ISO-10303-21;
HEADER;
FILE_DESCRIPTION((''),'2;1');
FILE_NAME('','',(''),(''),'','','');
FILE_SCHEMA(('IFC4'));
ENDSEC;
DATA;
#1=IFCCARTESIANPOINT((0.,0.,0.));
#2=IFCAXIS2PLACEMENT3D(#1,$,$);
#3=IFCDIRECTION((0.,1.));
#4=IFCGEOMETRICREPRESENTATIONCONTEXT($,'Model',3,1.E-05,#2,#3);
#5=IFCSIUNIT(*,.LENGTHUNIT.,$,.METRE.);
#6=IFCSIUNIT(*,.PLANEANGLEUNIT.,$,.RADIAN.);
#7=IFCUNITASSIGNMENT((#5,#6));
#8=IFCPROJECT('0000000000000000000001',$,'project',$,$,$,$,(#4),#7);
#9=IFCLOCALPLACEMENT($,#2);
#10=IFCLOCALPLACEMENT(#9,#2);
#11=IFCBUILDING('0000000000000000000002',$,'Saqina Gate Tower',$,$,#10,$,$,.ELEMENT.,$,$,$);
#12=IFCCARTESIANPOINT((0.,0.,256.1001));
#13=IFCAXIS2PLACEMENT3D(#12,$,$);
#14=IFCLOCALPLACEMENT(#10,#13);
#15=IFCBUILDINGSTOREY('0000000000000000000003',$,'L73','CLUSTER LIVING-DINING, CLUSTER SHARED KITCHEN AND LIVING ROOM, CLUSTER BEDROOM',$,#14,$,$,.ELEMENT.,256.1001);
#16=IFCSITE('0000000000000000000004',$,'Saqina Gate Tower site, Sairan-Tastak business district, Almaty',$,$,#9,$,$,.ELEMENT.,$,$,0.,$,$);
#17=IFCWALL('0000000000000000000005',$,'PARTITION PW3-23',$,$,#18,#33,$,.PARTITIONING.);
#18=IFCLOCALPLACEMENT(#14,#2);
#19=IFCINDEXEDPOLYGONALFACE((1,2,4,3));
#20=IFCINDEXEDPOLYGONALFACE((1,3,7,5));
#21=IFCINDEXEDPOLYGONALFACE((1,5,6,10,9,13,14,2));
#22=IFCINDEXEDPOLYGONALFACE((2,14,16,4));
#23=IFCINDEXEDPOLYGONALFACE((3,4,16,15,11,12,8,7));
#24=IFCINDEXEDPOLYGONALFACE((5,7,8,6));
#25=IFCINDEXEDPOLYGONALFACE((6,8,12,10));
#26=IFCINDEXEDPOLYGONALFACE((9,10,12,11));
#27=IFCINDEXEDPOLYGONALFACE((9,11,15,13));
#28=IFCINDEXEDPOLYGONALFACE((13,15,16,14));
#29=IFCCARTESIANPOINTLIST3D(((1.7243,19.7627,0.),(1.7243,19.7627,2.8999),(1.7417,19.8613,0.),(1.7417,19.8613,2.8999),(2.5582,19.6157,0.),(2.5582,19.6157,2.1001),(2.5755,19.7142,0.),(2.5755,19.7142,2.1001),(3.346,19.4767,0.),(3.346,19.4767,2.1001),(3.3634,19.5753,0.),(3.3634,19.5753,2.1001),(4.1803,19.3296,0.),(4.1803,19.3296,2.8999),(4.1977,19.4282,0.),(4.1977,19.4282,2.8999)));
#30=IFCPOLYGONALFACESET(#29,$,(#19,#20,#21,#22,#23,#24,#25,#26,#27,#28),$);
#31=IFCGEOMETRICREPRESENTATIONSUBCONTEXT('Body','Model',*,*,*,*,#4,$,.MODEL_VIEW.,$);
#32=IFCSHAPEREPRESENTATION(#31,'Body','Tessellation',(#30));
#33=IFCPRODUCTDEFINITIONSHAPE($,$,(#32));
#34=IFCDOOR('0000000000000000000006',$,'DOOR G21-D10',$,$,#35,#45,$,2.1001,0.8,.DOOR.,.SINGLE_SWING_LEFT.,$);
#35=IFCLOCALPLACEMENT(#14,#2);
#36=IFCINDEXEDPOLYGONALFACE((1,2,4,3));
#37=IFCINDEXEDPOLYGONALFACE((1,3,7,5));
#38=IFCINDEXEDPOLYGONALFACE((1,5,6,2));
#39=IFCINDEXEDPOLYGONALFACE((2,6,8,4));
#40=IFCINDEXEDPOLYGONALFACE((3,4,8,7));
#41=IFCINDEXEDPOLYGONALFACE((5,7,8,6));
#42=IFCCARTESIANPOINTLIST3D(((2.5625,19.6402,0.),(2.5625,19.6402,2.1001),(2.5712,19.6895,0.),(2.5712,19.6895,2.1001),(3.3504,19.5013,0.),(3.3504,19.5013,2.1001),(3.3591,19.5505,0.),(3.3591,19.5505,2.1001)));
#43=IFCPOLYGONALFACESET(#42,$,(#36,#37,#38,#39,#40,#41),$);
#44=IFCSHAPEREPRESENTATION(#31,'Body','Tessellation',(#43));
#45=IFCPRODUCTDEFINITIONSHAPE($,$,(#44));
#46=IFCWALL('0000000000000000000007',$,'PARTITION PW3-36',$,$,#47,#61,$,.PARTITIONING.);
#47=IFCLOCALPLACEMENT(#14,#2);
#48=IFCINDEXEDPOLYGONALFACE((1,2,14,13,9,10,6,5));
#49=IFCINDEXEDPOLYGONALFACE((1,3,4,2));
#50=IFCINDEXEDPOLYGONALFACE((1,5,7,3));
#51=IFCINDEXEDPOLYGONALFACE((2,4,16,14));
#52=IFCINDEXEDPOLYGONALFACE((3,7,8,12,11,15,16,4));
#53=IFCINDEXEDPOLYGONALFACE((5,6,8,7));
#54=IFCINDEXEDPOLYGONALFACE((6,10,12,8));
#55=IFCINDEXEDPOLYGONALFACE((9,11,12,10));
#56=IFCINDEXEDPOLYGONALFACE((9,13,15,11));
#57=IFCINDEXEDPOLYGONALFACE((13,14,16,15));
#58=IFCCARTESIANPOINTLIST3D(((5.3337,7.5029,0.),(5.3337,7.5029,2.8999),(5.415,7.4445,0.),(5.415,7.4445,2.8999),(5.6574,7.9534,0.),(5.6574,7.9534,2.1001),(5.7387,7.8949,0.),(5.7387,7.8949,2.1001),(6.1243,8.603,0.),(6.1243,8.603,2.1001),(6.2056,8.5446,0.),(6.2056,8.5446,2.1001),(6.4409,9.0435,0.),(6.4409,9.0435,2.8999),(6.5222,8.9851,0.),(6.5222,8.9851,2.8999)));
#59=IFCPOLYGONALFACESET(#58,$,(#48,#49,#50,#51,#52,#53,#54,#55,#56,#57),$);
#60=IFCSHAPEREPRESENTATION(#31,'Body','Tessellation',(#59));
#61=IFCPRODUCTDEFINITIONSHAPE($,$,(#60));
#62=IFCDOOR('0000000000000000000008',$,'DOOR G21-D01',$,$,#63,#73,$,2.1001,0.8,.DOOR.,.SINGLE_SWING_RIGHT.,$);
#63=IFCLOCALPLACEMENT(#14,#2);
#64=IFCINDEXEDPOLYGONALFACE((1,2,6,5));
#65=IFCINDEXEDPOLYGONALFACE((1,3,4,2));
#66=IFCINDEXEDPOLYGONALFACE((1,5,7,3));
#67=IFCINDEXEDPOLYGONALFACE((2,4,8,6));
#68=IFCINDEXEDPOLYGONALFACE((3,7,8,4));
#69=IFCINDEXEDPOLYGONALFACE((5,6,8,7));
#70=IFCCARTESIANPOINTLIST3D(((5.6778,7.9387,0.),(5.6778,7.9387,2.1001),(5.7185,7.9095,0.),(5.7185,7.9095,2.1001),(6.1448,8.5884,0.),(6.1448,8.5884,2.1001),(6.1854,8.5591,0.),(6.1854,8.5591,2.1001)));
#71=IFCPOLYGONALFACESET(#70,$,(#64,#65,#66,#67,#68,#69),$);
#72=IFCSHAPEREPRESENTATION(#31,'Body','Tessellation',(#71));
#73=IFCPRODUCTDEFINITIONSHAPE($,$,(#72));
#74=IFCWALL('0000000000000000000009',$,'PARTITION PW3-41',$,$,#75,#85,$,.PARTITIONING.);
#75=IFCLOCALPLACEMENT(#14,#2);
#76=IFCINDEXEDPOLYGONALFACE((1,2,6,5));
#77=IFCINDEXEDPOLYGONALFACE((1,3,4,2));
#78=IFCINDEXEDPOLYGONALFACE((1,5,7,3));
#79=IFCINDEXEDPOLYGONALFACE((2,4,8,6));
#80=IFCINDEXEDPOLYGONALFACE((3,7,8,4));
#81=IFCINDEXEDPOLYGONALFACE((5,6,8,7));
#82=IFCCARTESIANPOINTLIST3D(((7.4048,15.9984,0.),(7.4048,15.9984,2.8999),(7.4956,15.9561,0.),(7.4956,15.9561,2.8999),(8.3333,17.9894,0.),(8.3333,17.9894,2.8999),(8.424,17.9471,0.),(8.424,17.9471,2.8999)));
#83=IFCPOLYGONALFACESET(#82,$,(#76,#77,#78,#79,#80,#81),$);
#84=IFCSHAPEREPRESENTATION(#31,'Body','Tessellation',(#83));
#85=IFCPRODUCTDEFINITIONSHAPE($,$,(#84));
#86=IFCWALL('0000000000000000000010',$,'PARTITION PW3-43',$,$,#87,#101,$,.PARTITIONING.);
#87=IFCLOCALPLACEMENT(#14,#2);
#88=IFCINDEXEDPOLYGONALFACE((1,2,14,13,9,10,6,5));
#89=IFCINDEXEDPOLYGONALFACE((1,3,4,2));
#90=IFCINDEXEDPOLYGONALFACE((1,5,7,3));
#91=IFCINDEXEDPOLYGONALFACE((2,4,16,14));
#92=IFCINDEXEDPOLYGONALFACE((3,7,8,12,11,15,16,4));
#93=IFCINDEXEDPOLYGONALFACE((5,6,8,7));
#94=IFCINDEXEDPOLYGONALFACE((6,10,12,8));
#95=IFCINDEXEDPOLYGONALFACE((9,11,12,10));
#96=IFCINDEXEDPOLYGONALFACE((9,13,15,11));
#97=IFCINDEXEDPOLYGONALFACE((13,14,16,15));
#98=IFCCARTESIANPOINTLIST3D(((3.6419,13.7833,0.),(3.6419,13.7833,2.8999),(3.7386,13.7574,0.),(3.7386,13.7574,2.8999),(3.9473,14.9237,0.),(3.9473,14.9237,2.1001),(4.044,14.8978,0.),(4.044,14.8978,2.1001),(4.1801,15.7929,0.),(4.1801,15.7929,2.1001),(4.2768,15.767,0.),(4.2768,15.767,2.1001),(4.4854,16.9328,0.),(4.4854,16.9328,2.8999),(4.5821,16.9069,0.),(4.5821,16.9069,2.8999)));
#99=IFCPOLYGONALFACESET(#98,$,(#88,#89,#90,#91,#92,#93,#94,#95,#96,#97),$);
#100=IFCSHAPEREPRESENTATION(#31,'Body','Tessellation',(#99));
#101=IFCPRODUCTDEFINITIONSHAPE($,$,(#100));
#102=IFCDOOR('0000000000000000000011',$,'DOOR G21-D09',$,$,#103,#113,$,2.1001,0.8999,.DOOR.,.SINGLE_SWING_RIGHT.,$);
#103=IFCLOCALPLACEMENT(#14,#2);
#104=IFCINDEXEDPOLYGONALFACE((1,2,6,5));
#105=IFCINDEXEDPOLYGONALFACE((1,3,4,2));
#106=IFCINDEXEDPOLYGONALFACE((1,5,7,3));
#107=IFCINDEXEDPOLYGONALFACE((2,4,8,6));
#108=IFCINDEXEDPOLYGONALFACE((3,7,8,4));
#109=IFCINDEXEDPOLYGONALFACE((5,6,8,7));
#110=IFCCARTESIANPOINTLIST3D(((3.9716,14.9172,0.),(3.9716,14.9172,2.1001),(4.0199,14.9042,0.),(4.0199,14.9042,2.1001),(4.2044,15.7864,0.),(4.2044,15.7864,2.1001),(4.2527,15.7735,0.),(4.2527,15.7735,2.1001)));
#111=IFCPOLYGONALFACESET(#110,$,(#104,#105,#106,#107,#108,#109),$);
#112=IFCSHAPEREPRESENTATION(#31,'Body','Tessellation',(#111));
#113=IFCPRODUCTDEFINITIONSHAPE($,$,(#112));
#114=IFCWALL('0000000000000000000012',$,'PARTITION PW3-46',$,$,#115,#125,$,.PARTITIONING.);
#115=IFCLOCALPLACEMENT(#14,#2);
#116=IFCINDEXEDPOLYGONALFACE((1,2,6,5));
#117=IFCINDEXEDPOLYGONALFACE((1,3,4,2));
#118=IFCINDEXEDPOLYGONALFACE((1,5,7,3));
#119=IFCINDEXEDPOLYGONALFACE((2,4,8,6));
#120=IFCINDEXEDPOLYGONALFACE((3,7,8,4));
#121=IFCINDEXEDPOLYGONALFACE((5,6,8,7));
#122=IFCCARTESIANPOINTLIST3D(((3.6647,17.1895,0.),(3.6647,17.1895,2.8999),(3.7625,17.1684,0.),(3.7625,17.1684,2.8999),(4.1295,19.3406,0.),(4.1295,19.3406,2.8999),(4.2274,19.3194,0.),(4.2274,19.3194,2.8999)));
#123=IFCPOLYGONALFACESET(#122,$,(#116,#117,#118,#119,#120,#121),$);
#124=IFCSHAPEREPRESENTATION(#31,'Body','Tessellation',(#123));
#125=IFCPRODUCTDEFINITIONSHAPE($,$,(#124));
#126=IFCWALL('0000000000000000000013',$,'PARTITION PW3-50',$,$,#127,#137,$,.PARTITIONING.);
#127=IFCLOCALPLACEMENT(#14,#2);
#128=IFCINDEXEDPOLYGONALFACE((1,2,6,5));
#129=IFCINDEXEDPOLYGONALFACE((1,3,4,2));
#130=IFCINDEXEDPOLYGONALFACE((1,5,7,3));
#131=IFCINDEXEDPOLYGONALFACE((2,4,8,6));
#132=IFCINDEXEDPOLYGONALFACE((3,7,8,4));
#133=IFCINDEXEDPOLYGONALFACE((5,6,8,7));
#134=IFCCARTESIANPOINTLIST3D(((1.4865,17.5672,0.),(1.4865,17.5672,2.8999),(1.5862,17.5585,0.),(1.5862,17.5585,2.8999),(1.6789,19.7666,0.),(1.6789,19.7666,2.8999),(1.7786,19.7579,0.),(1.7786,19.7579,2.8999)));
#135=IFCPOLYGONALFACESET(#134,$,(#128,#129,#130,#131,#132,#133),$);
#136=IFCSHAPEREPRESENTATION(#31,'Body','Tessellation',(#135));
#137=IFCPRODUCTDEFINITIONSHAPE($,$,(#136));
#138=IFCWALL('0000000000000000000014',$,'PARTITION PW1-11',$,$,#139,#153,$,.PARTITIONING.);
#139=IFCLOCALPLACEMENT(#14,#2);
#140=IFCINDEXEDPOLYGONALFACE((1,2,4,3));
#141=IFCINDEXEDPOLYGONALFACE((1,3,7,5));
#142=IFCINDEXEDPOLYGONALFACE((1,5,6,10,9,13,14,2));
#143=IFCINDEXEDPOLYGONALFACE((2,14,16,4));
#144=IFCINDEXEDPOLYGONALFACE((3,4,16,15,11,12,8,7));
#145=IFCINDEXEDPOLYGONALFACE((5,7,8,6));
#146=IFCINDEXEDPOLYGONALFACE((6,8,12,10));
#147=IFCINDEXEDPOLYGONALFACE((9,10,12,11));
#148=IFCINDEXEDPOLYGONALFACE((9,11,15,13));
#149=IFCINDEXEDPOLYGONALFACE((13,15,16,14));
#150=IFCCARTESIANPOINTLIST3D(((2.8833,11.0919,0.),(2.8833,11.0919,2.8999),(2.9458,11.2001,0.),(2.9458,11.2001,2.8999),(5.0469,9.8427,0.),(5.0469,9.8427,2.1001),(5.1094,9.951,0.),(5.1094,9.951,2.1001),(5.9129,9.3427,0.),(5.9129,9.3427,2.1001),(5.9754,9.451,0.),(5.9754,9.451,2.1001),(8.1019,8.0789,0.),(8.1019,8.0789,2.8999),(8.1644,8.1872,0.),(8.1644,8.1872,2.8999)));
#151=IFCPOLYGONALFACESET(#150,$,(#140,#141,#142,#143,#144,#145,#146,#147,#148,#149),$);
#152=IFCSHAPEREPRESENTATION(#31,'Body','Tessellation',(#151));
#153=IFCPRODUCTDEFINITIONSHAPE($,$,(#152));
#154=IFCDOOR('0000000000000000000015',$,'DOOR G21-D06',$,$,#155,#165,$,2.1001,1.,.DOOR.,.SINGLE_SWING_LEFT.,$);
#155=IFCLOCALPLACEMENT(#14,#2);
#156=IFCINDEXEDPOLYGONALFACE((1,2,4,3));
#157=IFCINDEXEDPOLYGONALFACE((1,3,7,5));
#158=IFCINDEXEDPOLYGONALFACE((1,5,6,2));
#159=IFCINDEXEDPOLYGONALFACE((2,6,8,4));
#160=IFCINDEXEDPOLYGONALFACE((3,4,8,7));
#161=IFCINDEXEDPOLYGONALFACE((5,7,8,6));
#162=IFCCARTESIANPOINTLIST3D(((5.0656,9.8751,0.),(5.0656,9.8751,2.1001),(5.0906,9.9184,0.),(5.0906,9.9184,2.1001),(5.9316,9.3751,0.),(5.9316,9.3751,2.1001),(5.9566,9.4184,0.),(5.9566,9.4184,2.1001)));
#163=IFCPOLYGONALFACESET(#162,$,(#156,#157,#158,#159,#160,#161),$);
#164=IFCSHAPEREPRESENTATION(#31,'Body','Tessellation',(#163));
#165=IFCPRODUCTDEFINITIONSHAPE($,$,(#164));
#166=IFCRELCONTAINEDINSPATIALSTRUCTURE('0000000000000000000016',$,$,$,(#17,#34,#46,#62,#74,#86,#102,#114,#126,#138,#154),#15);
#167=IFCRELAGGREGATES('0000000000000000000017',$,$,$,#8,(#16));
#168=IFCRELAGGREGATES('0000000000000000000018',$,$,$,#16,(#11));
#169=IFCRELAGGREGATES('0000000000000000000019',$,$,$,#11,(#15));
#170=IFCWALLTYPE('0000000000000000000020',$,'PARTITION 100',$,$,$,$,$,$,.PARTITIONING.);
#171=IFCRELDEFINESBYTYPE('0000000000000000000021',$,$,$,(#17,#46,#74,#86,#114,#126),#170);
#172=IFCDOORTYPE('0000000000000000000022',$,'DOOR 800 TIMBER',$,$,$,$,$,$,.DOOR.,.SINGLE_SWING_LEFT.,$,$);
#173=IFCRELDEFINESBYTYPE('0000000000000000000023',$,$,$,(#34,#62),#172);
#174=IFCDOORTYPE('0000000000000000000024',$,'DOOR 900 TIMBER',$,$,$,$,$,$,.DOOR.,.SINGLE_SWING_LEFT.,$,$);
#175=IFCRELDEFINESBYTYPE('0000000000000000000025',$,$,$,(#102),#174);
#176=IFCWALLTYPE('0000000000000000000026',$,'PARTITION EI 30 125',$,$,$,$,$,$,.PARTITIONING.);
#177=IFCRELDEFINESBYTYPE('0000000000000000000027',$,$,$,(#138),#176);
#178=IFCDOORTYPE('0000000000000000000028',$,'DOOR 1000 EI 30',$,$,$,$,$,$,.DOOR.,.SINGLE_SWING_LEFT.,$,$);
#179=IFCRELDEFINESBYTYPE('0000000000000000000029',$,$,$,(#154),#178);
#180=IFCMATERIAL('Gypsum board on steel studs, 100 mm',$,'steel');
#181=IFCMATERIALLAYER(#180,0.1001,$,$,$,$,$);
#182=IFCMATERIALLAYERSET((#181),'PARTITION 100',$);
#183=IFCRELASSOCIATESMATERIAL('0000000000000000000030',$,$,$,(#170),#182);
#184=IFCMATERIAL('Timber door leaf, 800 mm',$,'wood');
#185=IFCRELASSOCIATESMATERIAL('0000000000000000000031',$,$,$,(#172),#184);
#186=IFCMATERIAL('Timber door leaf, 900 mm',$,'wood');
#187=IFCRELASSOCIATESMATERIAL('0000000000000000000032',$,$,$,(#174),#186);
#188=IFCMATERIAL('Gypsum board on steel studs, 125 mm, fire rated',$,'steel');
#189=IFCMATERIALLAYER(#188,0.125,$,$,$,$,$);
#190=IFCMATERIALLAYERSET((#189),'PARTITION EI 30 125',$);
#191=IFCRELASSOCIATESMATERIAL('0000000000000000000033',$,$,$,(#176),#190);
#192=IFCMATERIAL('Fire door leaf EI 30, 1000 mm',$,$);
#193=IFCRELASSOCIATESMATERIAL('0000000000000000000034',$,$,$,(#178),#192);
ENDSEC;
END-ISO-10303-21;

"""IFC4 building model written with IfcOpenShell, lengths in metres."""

from ifc_helpers import new_model, si_unit, direction, frame, frame_2d, origin, place, context, subcontext, project, spatial, rectangle, extrude, material, layer, layer_set, type_object, element, fill, save


model = new_model("IFC4")

# Units and contexts
model_context = context("Model", 3, precision=1e-05, world=origin(), true_north=direction((0.0, 1.0)))
body_context = subcontext(model_context, "Body", "Model", "MODEL_VIEW")
ifc_project = project(units=[si_unit("LENGTHUNIT", "METRE"), si_unit("PLANEANGLEUNIT", "RADIAN")], contexts=[model_context])

# Site, building, storey
site_placement = place(None, origin())
site = spatial("IfcSite", under=ifc_project, at=site_placement, Name="Saqina Gate Tower site, Sairan-Tastak business district, Almaty", CompositionType="ELEMENT", RefElevation=0.0)
building_placement = place(site_placement, origin())
building = spatial("IfcBuilding", under=site, at=building_placement, Name="Saqina Gate Tower", CompositionType="ELEMENT")
storey_placement = place(building_placement, frame((0.0, 0.0, 256.1001)))
storey = spatial("IfcBuildingStorey", under=building, at=storey_placement, Name="L73", Description="CLUSTER LIVING-DINING, CLUSTER SHARED KITCHEN AND LIVING ROOM, CLUSTER BEDROOM", CompositionType="ELEMENT", Elevation=256.1001)

# Shared definitions
ifc_material_1 = material(Name="Gypsum board on steel studs, 100 mm", Category="steel")
ifc_layer_1 = layer(ifc_material_1, 0.1001)
ifc_layer_set_1 = layer_set([ifc_layer_1], Name="PARTITION 100")
wall_type_1 = type_object("IfcWallType", Name="PARTITION 100", PredefinedType="PARTITIONING", material=ifc_layer_set_1)

# Walls, openings, doors
wall_1_placement = place(storey_placement, frame((1.7329, 19.812, 0.0), z_axis=(0.0, 0.0, 1.0), x_axis=(0.984805, -0.173662, 0.0)))
wall_1 = element("IfcWall", 1, at=wall_1_placement, inside=storey, type_object=wall_type_1, Name="PARTITION PW3-23", PredefinedType="PARTITIONING", context=body_context, shape_type="SweptSolid", body=[
    extrude(rectangle(XDim=2.4939, YDim=0.1001, at=frame_2d((1.2471, 0.0))), origin(), (0.0, 0.0, 1.0), 2.8999),
])
opening_1_placement = place(wall_1_placement, frame((0.8469, 0.0, 0.0)))
opening_1 = element("IfcOpeningElement", 2, at=opening_1_placement, cuts=wall_1, PredefinedType="OPENING", context=body_context, shape_type="SweptSolid", body=[
    extrude(rectangle(XDim=0.8, YDim=2.1001, at=frame_2d((0.3999, 1.05))), frame((0.0, 0.062, 0.0), z_axis=(0.0, -1.0, 0.0), x_axis=(1.0, 0.0, 0.0)), (0.0, 0.0, 1.0), 0.124),
])
ifc_material_2 = material(Name="Timber door leaf, 800 mm", Category="wood")
door_type_1 = type_object("IfcDoorType", Name="DOOR 800 TIMBER", OperationType="SINGLE_SWING_LEFT", PredefinedType="DOOR", material=ifc_material_2)
door_1_placement = place(opening_1_placement, origin())
door_1 = element("IfcDoor", 3, at=door_1_placement, inside=storey, type_object=door_type_1, Name="DOOR G21-D10", OperationType="SINGLE_SWING_LEFT", OverallHeight=2.1001, OverallWidth=0.8, PredefinedType="DOOR", context=body_context, shape_type="SweptSolid", body=[
    extrude(rectangle(XDim=0.8, YDim=2.1001, at=frame_2d((0.3999, 1.05))), frame((0.0, 0.0249, 0.0), z_axis=(0.0, -1.0, 0.0), x_axis=(1.0, 0.0, 0.0)), (0.0, 0.0, 1.0), 0.05),
])
fill(opening_1, door_1)
wall_2_placement = place(storey_placement, frame((5.3743, 7.4736, 0.0), z_axis=(0.0, 0.0, 1.0), x_axis=(0.58361, 0.812034, 0.0)))
wall_2 = element("IfcWall", 4, at=wall_2_placement, inside=storey, type_object=wall_type_1, Name="PARTITION PW3-36", PredefinedType="PARTITIONING", context=body_context, shape_type="SweptSolid", body=[
    extrude(rectangle(XDim=1.8972, YDim=0.1001, at=frame_2d((0.9487, 0.0))), origin(), (0.0, 0.0, 1.0), 2.8999),
])
opening_2_placement = place(wall_2_placement, frame((0.5549, 0.0, 0.0)))
opening_2 = element("IfcOpeningElement", 5, at=opening_2_placement, cuts=wall_2, PredefinedType="OPENING", context=body_context, shape_type="SweptSolid", body=[
    extrude(rectangle(XDim=0.8, YDim=2.1001, at=frame_2d((0.3999, 1.05))), frame((0.0, 0.062, 0.0), z_axis=(0.0, -1.0, 0.0), x_axis=(1.0, 0.0, 0.0)), (0.0, 0.0, 1.0), 0.124),
])
door_2_placement = place(opening_2_placement, origin())
door_2 = element("IfcDoor", 6, at=door_2_placement, inside=storey, type_object=door_type_1, Name="DOOR G21-D01", OperationType="SINGLE_SWING_RIGHT", OverallHeight=2.1001, OverallWidth=0.8, PredefinedType="DOOR", context=body_context, shape_type="SweptSolid", body=[
    extrude(rectangle(XDim=0.8, YDim=2.1001, at=frame_2d((0.3999, 1.05))), frame((0.0, 0.0249, 0.0), z_axis=(0.0, -1.0, 0.0), x_axis=(1.0, 0.0, 0.0)), (0.0, 0.0, 1.0), 0.05),
])
fill(opening_2, door_2)

# Wall
wall_3_placement = place(storey_placement, frame((7.4502, 15.9773, 0.0), z_axis=(0.0, 0.0, 1.0), x_axis=(0.422642, 0.906297, 0.0)))
element("IfcWall", 7, at=wall_3_placement, inside=storey, type_object=wall_type_1, Name="PARTITION PW3-41", PredefinedType="PARTITIONING", context=body_context, shape_type="SweptSolid", body=[
    extrude(rectangle(XDim=2.1968, YDim=0.1001, at=frame_2d((1.0984, 0.0))), origin(), (0.0, 0.0, 1.0), 2.8999),
])

# Wall, opening, door
wall_4_placement = place(storey_placement, frame((3.6902, 13.7703, 0.0), z_axis=(0.0, 0.0, 1.0), x_axis=(0.258711, 0.965955, 0.0)))
wall_4 = element("IfcWall", 8, at=wall_4_placement, inside=storey, type_object=wall_type_1, Name="PARTITION PW3-43", PredefinedType="PARTITIONING", context=body_context, shape_type="SweptSolid", body=[
    extrude(rectangle(XDim=3.2605, YDim=0.1001, at=frame_2d((1.6304, 0.0))), origin(), (0.0, 0.0, 1.0), 2.8999),
])
opening_3_placement = place(wall_4_placement, frame((1.1807, 0.0, 0.0)))
opening_3 = element("IfcOpeningElement", 9, at=opening_3_placement, cuts=wall_4, PredefinedType="OPENING", context=body_context, shape_type="SweptSolid", body=[
    extrude(rectangle(XDim=0.8999, YDim=2.1001, at=frame_2d((0.45, 1.05))), frame((0.0, 0.062, 0.0), z_axis=(0.0, -1.0, 0.0), x_axis=(1.0, 0.0, 0.0)), (0.0, 0.0, 1.0), 0.124),
])
ifc_material_3 = material(Name="Timber door leaf, 900 mm", Category="wood")
door_type_2 = type_object("IfcDoorType", Name="DOOR 900 TIMBER", OperationType="SINGLE_SWING_LEFT", PredefinedType="DOOR", material=ifc_material_3)
door_3_placement = place(opening_3_placement, origin())
door_3 = element("IfcDoor", 10, at=door_3_placement, inside=storey, type_object=door_type_2, Name="DOOR G21-D09", OperationType="SINGLE_SWING_RIGHT", OverallHeight=2.1001, OverallWidth=0.8999, PredefinedType="DOOR", context=body_context, shape_type="SweptSolid", body=[
    extrude(rectangle(XDim=0.8999, YDim=2.1001, at=frame_2d((0.45, 1.05))), frame((0.0, 0.0249, 0.0), z_axis=(0.0, -1.0, 0.0), x_axis=(1.0, 0.0, 0.0)), (0.0, 0.0, 1.0), 0.05),
])
fill(opening_3, door_3)

# Walls
wall_5_placement = place(storey_placement, frame((3.7136, 17.179, 0.0), z_axis=(0.0, 0.0, 1.0), x_axis=(0.211218, 0.977439, 0.0)))
element("IfcWall", 11, at=wall_5_placement, inside=storey, type_object=wall_type_1, Name="PARTITION PW3-46", PredefinedType="PARTITIONING", context=body_context, shape_type="SweptSolid", body=[
    extrude(rectangle(XDim=2.2007, YDim=0.1001, at=frame_2d((1.1003, 0.0))), origin(), (0.0, 0.0, 1.0), 2.8999),
])
wall_6_placement = place(storey_placement, frame((1.5364, 17.5627, 0.0), z_axis=(0.0, 0.0, 1.0), x_axis=(0.087135, 0.996196, 0.0)))
element("IfcWall", 12, at=wall_6_placement, inside=storey, type_object=wall_type_1, Name="PARTITION PW3-50", PredefinedType="PARTITIONING", context=body_context, shape_type="SweptSolid", body=[
    extrude(rectangle(XDim=2.2078, YDim=0.1001, at=frame_2d((1.104, 0.0))), origin(), (0.0, 0.0, 1.0), 2.8999),
])

# Wall, opening, door
ifc_material_4 = material(Name="Gypsum board on steel studs, 125 mm, fire rated", Category="steel")
ifc_layer_2 = layer(ifc_material_4, 0.125)
ifc_layer_set_2 = layer_set([ifc_layer_2], Name="PARTITION EI 30 125")
wall_type_2 = type_object("IfcWallType", Name="PARTITION EI 30 125", PredefinedType="PARTITIONING", material=ifc_layer_set_2)
wall_7_placement = place(storey_placement, frame((2.9146, 11.146, 0.0), z_axis=(0.0, 0.0, 1.0), x_axis=(0.866023, -0.500004, 0.0)))
wall_7 = element("IfcWall", 13, at=wall_7_placement, inside=storey, type_object=wall_type_2, Name="PARTITION PW1-11", PredefinedType="PARTITIONING", context=body_context, shape_type="SweptSolid", body=[
    extrude(rectangle(XDim=6.0259, YDim=0.125, at=frame_2d((3.0129, 0.0))), origin(), (0.0, 0.0, 1.0), 2.8999),
])
opening_4_placement = place(wall_7_placement, frame((2.4983, 0.0, 0.0)))
opening_4 = element("IfcOpeningElement", 14, at=opening_4_placement, cuts=wall_7, PredefinedType="OPENING", context=body_context, shape_type="SweptSolid", body=[
    extrude(rectangle(XDim=1.0, YDim=2.1001, at=frame_2d((0.5, 1.05))), frame((0.0, 0.0745, 0.0), z_axis=(0.0, -1.0, 0.0), x_axis=(1.0, 0.0, 0.0)), (0.0, 0.0, 1.0), 0.1489),
])
ifc_material_5 = material(Name="Fire door leaf EI 30, 1000 mm")
door_type_3 = type_object("IfcDoorType", Name="DOOR 1000 EI 30", OperationType="SINGLE_SWING_LEFT", PredefinedType="DOOR", material=ifc_material_5)
door_4_placement = place(opening_4_placement, origin())
door_4 = element("IfcDoor", 15, at=door_4_placement, inside=storey, type_object=door_type_3, Name="DOOR G21-D06", OperationType="SINGLE_SWING_LEFT", OverallHeight=2.1001, OverallWidth=1.0, PredefinedType="DOOR", context=body_context, shape_type="SweptSolid", body=[
    extrude(rectangle(XDim=1.0, YDim=2.1001, at=frame_2d((0.5, 1.05))), frame((0.0, 0.0249, 0.0), z_axis=(0.0, -1.0, 0.0), x_axis=(1.0, 0.0, 0.0)), (0.0, 0.0, 1.0), 0.05),
])
fill(opening_4, door_4)

save(model, "model.ifc")
